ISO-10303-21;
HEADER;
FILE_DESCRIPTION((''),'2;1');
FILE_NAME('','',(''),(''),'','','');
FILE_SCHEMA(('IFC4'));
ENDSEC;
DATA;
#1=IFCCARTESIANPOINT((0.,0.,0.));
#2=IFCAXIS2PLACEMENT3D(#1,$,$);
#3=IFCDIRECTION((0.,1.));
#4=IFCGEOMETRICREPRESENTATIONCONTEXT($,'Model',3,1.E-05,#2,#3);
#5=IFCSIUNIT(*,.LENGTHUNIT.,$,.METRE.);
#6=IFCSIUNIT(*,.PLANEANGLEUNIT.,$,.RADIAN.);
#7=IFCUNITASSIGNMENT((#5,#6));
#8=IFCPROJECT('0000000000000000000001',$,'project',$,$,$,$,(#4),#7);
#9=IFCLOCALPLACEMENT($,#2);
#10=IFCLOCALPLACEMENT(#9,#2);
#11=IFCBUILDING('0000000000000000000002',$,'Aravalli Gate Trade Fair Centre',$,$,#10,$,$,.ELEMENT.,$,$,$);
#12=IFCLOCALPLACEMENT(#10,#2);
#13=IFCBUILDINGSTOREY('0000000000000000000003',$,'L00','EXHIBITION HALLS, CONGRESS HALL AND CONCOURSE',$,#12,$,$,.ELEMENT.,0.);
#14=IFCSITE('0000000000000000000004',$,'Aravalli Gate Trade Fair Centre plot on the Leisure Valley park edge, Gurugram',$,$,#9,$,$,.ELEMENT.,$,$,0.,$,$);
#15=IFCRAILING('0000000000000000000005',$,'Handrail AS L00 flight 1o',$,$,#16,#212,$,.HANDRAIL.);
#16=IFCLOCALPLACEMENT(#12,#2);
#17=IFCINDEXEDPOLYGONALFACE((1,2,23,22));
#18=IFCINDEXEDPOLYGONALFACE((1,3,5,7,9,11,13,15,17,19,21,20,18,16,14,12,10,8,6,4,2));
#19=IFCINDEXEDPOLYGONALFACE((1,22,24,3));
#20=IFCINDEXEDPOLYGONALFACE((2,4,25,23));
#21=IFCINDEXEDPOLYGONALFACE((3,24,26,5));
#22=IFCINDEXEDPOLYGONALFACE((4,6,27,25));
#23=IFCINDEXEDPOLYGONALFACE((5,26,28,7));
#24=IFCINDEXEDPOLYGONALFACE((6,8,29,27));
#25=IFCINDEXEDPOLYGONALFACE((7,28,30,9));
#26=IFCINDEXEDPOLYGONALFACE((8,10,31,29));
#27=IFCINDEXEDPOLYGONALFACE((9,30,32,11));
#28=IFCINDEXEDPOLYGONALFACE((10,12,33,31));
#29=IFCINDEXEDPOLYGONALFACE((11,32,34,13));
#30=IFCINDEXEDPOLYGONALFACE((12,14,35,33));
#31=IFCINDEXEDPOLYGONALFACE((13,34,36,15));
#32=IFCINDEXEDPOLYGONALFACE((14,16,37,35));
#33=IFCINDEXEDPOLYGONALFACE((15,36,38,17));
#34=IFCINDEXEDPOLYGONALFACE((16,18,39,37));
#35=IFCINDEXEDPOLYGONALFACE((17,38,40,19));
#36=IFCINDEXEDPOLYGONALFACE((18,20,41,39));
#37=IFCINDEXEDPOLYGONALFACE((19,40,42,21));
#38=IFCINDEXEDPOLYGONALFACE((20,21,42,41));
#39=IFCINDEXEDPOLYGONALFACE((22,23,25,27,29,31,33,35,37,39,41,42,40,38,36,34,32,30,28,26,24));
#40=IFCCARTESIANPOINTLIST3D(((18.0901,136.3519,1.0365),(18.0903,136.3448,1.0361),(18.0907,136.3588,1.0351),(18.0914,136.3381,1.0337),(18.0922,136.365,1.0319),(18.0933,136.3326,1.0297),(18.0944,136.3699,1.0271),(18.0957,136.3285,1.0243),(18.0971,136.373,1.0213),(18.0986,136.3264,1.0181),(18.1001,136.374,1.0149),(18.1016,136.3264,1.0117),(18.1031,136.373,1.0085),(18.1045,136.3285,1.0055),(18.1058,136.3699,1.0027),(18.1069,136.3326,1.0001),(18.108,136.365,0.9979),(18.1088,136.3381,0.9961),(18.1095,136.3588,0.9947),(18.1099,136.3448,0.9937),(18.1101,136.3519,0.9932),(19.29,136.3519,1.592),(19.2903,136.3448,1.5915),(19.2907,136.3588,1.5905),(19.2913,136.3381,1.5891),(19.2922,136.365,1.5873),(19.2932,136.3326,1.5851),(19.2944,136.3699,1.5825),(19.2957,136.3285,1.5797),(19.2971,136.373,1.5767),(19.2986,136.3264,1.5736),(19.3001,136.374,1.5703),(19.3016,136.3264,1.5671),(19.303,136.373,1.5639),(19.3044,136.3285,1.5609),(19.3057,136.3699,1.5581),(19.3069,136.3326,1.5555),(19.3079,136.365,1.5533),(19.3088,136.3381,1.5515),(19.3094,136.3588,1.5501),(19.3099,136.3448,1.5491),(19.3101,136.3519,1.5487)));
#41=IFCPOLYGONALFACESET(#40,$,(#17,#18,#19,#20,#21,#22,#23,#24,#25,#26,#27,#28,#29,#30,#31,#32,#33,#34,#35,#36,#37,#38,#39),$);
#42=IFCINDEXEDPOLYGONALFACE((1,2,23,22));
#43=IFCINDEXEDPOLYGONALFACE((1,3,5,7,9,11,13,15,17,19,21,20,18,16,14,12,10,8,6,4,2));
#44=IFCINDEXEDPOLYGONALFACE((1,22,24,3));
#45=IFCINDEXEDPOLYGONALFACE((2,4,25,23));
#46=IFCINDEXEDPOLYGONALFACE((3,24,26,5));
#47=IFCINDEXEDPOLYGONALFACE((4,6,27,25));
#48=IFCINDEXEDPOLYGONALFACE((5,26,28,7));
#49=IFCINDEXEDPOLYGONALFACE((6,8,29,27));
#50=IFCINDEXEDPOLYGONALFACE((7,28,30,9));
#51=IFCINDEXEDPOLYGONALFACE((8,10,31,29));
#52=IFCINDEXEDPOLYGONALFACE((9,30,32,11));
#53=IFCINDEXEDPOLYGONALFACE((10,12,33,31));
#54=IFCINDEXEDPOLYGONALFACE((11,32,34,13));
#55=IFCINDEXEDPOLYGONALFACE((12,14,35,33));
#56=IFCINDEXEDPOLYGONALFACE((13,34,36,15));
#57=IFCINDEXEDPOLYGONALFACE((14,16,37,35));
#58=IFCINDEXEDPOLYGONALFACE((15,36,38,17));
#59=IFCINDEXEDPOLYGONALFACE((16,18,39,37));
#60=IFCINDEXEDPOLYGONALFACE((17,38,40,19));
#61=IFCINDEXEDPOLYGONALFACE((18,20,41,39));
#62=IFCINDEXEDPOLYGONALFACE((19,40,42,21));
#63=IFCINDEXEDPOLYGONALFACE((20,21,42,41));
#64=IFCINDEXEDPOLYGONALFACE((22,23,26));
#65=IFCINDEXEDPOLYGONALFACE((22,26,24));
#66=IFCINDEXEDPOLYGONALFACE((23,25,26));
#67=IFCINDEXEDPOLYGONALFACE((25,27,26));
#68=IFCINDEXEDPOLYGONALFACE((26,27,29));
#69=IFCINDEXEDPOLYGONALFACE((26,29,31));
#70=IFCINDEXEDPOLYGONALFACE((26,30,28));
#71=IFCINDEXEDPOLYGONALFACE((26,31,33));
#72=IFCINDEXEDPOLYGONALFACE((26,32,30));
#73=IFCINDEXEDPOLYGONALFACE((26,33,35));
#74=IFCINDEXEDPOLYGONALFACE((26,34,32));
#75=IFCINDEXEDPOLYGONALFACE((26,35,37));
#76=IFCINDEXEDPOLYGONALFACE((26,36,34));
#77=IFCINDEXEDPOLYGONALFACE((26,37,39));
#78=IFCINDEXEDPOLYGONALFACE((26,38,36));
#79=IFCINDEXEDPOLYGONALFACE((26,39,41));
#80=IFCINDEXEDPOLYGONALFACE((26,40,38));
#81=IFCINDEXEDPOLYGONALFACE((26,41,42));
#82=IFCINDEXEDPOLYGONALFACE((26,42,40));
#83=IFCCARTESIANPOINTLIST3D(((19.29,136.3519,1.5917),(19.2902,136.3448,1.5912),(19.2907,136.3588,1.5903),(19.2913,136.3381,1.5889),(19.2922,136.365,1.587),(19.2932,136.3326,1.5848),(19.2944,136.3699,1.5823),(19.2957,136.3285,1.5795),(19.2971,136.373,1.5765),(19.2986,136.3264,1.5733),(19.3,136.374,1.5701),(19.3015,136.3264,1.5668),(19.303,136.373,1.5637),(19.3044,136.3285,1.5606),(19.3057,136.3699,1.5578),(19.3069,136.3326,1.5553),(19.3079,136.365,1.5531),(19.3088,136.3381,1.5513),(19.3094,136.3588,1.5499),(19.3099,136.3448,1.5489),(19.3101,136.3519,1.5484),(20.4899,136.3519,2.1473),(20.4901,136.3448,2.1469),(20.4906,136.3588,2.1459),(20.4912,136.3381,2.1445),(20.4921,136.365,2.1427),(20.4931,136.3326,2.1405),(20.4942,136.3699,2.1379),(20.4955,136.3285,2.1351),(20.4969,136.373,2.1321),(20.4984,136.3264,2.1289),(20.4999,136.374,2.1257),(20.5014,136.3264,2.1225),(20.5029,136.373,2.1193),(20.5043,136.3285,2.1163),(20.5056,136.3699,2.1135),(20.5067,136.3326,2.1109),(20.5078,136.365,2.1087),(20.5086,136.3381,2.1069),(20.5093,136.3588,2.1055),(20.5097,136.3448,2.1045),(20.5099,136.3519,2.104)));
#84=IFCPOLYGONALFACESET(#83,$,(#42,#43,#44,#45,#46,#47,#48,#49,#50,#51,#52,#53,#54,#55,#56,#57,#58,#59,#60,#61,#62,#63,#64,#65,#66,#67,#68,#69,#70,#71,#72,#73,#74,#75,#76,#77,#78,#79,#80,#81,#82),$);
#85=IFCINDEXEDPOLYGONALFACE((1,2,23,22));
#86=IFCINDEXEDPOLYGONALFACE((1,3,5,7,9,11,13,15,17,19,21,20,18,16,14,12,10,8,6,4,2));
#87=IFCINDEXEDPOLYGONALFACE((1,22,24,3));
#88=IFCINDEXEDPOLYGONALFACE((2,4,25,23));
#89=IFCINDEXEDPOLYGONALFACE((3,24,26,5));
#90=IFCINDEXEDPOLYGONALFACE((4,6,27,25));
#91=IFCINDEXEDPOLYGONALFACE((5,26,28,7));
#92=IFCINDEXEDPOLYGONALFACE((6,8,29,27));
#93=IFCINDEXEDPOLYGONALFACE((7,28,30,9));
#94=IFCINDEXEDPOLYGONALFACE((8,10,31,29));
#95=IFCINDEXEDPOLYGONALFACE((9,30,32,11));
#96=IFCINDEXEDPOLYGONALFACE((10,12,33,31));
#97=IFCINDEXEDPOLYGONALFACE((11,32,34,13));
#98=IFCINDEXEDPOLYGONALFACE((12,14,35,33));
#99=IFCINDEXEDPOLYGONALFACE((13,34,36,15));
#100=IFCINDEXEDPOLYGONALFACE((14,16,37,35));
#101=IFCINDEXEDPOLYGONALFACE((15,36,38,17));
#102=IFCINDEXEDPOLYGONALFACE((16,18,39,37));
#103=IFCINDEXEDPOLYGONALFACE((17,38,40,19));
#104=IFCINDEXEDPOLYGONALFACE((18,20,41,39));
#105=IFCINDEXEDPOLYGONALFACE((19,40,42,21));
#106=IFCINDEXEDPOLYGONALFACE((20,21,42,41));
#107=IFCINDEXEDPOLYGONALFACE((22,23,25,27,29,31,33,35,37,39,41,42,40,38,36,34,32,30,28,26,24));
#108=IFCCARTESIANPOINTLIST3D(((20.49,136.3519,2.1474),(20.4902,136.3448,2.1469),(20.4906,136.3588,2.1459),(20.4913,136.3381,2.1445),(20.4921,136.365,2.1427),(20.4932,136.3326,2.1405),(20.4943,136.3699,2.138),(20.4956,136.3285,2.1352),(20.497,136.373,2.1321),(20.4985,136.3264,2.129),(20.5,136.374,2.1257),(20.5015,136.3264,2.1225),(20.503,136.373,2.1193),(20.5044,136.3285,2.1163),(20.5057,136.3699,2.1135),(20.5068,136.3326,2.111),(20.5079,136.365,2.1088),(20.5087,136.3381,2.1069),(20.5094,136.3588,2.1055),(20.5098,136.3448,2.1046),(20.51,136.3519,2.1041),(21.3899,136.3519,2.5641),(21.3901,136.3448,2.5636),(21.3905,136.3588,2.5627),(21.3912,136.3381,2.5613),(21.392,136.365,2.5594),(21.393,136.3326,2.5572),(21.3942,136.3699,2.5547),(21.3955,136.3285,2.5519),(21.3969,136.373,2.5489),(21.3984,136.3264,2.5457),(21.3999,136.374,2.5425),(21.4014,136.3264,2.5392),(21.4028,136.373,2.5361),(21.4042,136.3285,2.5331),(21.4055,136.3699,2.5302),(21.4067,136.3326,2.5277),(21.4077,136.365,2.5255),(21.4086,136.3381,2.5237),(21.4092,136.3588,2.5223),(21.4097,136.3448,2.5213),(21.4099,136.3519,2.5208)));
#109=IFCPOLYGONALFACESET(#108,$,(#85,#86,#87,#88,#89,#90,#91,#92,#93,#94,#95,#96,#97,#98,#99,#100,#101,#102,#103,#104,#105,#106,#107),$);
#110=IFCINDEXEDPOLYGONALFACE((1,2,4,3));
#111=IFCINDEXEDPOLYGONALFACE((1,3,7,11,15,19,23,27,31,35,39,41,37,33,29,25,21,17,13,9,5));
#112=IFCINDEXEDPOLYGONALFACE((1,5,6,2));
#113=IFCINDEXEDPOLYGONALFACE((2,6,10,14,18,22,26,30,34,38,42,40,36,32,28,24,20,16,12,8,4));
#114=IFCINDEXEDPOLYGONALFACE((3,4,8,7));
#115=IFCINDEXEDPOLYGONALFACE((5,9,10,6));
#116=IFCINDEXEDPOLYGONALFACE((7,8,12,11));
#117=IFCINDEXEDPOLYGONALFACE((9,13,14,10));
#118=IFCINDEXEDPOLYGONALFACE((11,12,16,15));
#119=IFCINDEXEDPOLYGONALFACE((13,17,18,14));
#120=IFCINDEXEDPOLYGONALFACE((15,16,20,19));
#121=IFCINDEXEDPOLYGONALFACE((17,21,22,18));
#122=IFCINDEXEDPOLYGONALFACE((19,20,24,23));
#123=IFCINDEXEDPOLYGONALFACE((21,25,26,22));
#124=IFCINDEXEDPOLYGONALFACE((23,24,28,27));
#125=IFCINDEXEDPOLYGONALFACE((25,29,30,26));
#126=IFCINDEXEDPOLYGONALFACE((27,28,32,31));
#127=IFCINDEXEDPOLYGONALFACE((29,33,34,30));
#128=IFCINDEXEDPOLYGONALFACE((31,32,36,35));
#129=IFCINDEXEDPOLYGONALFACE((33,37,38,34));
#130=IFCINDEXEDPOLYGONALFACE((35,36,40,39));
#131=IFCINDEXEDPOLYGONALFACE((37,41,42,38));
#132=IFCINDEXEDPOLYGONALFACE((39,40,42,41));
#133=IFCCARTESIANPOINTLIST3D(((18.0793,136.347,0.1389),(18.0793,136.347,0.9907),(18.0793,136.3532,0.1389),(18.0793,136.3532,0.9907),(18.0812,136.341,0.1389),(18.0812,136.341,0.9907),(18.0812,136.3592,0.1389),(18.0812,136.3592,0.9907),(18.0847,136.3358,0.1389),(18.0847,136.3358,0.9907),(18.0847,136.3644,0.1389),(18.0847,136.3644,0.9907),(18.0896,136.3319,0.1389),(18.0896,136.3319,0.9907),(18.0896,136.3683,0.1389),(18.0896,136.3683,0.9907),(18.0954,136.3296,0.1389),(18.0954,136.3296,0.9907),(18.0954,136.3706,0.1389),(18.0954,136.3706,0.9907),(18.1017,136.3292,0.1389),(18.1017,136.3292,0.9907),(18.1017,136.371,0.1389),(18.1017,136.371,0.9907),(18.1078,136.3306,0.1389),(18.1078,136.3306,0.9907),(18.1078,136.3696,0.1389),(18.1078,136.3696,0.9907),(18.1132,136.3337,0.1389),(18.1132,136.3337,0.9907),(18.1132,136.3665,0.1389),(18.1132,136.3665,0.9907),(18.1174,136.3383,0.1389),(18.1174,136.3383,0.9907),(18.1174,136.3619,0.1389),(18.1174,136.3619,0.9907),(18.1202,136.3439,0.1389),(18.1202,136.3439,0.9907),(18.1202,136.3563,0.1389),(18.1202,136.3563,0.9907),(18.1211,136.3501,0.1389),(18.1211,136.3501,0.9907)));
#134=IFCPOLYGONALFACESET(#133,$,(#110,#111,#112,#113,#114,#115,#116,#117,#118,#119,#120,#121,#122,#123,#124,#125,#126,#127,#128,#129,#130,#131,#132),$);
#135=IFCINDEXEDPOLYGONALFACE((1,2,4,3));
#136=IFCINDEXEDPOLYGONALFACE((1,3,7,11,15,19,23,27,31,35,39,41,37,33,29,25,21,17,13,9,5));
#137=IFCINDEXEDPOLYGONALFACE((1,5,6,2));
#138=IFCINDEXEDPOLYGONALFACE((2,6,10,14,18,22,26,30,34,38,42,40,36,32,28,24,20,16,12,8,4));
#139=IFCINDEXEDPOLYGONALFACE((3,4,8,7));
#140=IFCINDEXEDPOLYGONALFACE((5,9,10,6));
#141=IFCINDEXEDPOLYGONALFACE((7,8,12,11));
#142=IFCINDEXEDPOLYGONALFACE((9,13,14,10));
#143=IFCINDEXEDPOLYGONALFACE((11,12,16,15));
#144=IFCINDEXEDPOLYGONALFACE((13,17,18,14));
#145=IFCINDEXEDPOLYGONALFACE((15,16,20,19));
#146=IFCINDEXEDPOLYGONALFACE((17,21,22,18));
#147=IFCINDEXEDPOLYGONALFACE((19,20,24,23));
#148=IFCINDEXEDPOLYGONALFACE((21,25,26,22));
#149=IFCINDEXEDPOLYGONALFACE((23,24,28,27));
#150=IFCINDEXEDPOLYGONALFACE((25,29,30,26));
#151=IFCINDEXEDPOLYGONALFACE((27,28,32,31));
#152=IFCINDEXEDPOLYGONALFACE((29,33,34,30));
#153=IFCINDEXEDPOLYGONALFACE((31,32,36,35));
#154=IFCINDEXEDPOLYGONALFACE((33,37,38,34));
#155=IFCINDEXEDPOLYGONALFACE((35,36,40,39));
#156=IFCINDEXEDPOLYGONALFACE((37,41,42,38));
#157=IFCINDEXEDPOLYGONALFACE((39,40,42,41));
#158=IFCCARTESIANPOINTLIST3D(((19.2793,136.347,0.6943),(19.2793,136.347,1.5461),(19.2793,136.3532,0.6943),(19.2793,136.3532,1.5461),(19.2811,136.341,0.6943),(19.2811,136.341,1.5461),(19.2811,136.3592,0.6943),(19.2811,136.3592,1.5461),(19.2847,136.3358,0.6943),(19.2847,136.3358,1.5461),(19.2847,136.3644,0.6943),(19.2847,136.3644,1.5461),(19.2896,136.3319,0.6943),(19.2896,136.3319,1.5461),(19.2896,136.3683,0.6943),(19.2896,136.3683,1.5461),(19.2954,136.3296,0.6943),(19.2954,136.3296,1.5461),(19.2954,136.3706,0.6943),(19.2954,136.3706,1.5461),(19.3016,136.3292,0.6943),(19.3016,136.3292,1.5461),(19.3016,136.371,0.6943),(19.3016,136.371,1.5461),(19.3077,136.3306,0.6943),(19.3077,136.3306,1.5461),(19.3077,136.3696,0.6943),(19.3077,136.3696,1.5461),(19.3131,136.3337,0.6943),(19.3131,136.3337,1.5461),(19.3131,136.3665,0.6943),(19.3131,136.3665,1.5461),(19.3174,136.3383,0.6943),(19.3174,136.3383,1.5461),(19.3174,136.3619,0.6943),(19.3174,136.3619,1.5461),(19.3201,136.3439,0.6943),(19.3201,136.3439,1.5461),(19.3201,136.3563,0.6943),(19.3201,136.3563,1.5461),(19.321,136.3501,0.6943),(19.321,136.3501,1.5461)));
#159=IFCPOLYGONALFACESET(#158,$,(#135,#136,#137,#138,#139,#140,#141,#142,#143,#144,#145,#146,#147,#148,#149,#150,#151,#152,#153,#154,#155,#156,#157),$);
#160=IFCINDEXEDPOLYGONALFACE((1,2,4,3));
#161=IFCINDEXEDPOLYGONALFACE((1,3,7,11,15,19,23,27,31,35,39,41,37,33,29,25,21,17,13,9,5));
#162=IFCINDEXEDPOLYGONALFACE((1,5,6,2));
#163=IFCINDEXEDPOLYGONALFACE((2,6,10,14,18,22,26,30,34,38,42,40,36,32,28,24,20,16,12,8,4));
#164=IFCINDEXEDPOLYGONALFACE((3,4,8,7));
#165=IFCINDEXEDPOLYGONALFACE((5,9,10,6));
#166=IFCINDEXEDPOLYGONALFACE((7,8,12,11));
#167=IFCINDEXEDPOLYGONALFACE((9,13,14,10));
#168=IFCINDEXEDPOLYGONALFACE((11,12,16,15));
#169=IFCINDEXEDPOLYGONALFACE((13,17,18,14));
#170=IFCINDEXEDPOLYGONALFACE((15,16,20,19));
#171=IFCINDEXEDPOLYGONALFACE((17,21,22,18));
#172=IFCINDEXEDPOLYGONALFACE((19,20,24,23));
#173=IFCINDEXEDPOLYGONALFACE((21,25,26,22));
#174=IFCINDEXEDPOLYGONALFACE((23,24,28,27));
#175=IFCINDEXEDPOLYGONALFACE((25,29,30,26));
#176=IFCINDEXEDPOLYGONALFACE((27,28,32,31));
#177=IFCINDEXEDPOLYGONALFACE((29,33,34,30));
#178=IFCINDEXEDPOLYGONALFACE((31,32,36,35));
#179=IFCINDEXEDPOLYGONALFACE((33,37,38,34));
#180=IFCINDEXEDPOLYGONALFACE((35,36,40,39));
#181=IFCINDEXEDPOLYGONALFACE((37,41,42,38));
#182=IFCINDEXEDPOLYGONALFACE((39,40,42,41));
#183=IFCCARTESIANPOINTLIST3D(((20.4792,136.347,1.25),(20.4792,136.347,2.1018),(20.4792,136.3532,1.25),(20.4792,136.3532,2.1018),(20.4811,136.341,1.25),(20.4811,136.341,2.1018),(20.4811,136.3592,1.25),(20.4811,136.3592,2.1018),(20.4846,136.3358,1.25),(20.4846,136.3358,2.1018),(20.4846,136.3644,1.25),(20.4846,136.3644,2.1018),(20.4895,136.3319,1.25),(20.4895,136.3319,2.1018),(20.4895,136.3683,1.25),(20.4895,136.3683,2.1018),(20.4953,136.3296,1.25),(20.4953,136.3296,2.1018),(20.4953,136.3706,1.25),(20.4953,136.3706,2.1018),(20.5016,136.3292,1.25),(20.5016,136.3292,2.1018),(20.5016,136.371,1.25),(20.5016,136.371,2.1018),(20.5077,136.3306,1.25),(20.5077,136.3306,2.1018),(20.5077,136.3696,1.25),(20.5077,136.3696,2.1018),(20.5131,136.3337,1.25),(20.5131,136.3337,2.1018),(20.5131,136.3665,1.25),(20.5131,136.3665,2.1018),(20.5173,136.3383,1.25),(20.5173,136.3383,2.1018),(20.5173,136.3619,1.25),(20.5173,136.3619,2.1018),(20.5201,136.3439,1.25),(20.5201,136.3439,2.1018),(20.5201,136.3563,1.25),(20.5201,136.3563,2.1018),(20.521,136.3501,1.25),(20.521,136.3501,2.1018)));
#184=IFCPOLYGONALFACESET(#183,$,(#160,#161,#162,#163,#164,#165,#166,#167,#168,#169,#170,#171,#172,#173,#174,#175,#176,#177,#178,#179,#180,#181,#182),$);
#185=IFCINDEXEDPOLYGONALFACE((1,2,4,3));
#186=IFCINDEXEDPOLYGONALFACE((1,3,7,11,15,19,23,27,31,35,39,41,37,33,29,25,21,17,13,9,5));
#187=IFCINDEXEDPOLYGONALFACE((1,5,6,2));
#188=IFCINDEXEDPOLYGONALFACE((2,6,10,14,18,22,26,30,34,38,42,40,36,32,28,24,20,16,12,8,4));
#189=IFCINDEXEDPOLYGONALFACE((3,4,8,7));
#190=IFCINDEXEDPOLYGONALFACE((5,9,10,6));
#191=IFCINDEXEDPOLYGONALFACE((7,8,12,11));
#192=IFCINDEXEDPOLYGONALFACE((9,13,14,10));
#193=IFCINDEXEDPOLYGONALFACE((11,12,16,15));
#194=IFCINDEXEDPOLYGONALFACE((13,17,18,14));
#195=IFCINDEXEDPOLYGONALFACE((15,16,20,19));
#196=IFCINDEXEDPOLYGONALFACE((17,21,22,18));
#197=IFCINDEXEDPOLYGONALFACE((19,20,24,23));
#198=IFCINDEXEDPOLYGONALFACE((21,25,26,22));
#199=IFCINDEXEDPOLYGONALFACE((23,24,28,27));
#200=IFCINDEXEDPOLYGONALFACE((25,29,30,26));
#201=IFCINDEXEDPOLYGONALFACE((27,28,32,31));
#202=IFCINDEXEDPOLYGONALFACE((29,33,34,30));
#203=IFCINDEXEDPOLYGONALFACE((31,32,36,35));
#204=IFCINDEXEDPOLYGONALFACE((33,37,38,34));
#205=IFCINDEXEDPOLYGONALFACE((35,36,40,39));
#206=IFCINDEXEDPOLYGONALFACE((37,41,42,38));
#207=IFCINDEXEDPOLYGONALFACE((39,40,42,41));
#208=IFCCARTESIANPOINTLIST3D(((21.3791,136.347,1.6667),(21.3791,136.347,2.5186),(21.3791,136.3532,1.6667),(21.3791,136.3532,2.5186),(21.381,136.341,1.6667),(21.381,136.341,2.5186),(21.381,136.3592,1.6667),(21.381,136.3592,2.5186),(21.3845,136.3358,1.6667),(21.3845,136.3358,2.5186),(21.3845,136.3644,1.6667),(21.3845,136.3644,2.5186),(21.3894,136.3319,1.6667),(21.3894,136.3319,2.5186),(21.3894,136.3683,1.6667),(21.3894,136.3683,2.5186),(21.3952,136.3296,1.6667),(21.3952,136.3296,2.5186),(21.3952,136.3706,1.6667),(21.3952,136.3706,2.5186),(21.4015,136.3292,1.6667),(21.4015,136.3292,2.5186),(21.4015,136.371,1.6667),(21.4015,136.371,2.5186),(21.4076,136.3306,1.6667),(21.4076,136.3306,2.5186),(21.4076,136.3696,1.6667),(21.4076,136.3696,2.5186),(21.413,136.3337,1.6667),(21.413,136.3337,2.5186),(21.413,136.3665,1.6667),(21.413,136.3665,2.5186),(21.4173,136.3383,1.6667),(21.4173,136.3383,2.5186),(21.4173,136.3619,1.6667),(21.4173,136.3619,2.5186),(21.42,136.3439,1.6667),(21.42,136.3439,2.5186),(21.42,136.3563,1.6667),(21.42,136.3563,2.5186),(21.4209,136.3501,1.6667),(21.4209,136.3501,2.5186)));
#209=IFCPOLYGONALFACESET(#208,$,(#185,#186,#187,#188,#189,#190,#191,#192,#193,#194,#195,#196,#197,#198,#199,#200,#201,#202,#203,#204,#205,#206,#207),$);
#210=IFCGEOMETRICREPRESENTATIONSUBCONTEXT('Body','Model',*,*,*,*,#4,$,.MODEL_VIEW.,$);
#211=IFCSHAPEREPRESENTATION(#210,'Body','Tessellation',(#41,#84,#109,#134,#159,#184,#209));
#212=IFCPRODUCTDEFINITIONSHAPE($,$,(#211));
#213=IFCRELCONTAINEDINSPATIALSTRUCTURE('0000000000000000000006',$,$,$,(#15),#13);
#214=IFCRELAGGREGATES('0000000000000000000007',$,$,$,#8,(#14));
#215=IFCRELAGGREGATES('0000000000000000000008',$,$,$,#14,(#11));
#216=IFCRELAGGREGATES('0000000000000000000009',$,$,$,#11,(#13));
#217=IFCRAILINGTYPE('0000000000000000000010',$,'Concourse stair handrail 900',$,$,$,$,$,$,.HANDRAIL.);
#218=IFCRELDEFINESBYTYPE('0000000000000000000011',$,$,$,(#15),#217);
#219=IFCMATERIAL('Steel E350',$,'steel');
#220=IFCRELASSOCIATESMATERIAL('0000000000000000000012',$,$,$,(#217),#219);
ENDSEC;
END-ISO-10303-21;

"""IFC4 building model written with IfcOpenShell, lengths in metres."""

from ifc_helpers import new_model, si_unit, direction, frame, origin, origin_2d, place, context, subcontext, project, spatial, circle, extrude, material, type_object, element, save


model = new_model("IFC4")

# Units and contexts
model_context = context("Model", 3, precision=1e-05, world=origin(), true_north=direction((0.0, 1.0)))
body_context = subcontext(model_context, "Body", "Model", "MODEL_VIEW")
ifc_project = project(units=[si_unit("LENGTHUNIT", "METRE"), si_unit("PLANEANGLEUNIT", "RADIAN")], contexts=[model_context])

# Site, building, storey
site_placement = place(None, origin())
site = spatial("IfcSite", under=ifc_project, at=site_placement, Name="Aravalli Gate Trade Fair Centre plot on the Leisure Valley park edge, Gurugram", CompositionType="ELEMENT", RefElevation=0.0)
building_placement = place(site_placement, origin())
building = spatial("IfcBuilding", under=site, at=building_placement, Name="Aravalli Gate Trade Fair Centre", CompositionType="ELEMENT")
storey_placement = place(building_placement, origin())
storey = spatial("IfcBuildingStorey", under=building, at=storey_placement, Name="L00", Description="EXHIBITION HALLS, CONGRESS HALL AND CONCOURSE", CompositionType="ELEMENT", Elevation=0.0)

# Shared definitions
ifc_material_1 = material(Name="Steel E350", Category="steel")

# Railing
railing_type = type_object("IfcRailingType", Name="Concourse stair handrail 900", PredefinedType="HANDRAIL", material=ifc_material_1)
railing_placement = place(storey_placement, frame((18.1001, 136.3501, 0.1389)))
element("IfcRailing", 1, at=railing_placement, inside=storey, type_object=railing_type, Name="Handrail AS L00 flight 1o", PredefinedType="HANDRAIL", context=body_context, shape_type="SweptSolid", body=[
    extrude(circle(Radius=0.0239, at=origin_2d()), frame((0.0, 0.0, 0.876), z_axis=(0.907499, 0.0, 0.420053), x_axis=(0.0, 1.0, 0.0)), (0.0, 0.0, 1.0), 1.3223),
    extrude(circle(Radius=0.0239, at=origin_2d()), frame((1.2, 0.0, 1.4312), z_axis=(0.907429, 0.0, 0.420205), x_axis=(0.0, 1.0, 0.0)), (0.0, 0.0, 1.0), 1.3223),
    extrude(circle(Radius=0.0239, at=origin_2d()), frame((2.3999, 0.0, 1.9868), z_axis=(0.907418, 0.0, 0.420229), x_axis=(0.0, 1.0, 0.0)), (0.0, 0.0, 1.0), 0.9917),
    extrude(circle(Radius=0.021, at=origin_2d()), origin(), (0.0, 0.0, 1.0), 0.8518),
    extrude(circle(Radius=0.021, at=origin_2d()), frame((1.2, 0.0, 0.5554)), (0.0, 0.0, 1.0), 0.8518),
    extrude(circle(Radius=0.021, at=origin_2d()), frame((2.3999, 0.0, 1.1111)), (0.0, 0.0, 1.0), 0.8518),
    extrude(circle(Radius=0.021, at=origin_2d()), frame((3.2998, 0.0, 1.5278)), (0.0, 0.0, 1.0), 0.8518),
])

save(model, "model.ifc")
